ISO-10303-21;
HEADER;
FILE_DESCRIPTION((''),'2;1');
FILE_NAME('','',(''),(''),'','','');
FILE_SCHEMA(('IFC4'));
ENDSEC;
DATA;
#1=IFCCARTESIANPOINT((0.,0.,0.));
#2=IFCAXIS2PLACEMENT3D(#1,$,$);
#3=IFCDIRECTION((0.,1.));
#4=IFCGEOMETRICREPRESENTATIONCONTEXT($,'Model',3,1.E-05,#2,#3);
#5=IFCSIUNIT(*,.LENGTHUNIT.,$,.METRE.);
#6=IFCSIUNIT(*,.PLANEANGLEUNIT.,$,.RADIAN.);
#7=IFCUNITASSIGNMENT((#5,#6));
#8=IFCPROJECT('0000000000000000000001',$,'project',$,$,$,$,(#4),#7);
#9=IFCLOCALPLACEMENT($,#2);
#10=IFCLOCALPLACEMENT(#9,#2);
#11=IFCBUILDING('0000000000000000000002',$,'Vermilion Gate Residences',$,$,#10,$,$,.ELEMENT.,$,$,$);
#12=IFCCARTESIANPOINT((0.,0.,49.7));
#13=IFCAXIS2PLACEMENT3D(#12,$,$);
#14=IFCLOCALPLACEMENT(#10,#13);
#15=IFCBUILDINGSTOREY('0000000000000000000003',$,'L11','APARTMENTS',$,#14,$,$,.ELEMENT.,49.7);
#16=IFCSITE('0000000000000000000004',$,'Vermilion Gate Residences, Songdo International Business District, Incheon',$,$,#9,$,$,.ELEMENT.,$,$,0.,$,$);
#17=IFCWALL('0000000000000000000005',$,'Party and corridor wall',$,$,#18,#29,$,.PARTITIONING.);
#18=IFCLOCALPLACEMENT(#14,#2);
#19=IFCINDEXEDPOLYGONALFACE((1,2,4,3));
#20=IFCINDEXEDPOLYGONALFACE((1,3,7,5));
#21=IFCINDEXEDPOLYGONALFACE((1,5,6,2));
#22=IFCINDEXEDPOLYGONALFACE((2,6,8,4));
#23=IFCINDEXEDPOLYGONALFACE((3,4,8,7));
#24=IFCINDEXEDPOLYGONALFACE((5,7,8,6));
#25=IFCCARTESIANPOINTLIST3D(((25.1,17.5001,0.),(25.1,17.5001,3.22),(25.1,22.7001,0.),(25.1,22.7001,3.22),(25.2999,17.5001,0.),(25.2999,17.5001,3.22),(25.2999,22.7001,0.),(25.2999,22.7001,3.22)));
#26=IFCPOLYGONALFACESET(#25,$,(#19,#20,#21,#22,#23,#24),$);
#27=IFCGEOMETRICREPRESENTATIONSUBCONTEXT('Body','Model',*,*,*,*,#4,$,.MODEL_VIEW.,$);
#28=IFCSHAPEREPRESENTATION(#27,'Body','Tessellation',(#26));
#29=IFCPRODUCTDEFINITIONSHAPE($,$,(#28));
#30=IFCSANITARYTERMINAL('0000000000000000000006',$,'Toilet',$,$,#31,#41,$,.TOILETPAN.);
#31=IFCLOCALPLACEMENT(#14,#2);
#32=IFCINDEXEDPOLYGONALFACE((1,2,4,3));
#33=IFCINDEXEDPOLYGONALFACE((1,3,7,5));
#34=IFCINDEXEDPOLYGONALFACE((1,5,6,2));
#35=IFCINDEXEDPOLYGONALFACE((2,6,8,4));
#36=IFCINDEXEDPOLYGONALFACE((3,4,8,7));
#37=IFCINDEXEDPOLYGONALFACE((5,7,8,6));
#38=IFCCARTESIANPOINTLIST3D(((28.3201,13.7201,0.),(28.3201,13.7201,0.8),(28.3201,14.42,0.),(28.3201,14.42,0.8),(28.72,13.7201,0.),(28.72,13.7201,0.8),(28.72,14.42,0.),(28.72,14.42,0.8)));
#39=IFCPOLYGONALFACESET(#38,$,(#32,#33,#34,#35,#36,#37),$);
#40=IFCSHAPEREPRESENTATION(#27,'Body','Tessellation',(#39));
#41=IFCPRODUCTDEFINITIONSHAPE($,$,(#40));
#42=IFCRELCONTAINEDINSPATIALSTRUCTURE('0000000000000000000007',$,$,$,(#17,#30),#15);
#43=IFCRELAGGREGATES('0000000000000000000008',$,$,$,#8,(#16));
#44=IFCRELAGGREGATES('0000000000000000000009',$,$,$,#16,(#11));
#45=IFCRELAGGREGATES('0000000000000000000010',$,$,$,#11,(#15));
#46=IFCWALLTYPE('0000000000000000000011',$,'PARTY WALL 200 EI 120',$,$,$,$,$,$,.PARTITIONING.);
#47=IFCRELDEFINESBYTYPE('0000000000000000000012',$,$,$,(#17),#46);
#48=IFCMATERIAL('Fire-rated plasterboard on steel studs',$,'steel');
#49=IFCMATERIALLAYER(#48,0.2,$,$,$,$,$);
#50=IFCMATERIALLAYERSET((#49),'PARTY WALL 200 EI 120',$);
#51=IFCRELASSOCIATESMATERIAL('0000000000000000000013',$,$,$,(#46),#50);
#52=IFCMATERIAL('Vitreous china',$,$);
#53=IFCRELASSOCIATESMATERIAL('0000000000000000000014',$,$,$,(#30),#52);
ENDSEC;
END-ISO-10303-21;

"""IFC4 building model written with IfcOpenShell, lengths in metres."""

from ifc_helpers import new_model, si_unit, direction, frame, frame_2d, origin, origin_2d, place, context, subcontext, project, spatial, rectangle, extrude, material, layer, layer_set, type_object, element, save


model = new_model("IFC4")

# Units and contexts
model_context = context("Model", 3, precision=1e-05, world=origin(), true_north=direction((0.0, 1.0)))
body_context = subcontext(model_context, "Body", "Model", "MODEL_VIEW")
ifc_project = project(units=[si_unit("LENGTHUNIT", "METRE"), si_unit("PLANEANGLEUNIT", "RADIAN")], contexts=[model_context])

# Site, building, storey
site_placement = place(None, origin())
site = spatial("IfcSite", under=ifc_project, at=site_placement, Name="Vermilion Gate Residences, Songdo International Business District, Incheon", CompositionType="ELEMENT", RefElevation=0.0)
building_placement = place(site_placement, origin())
building = spatial("IfcBuilding", under=site, at=building_placement, Name="Vermilion Gate Residences", CompositionType="ELEMENT")
storey_placement = place(building_placement, frame((0.0, 0.0, 49.7)))
storey = spatial("IfcBuildingStorey", under=building, at=storey_placement, Name="L11", Description="APARTMENTS", CompositionType="ELEMENT", Elevation=49.7)

# Wall
ifc_material_1 = material(Name="Fire-rated plasterboard on steel studs", Category="steel")
ifc_layer_1 = layer(ifc_material_1, 0.2)
ifc_layer_set_1 = layer_set([ifc_layer_1], Name="PARTY WALL 200 EI 120")
wall_type_1 = type_object("IfcWallType", Name="PARTY WALL 200 EI 120", PredefinedType="PARTITIONING", material=ifc_layer_set_1)
wall_1_placement = place(storey_placement, frame((25.2, 17.5, 0.0), z_axis=(0.0, 0.0, 1.0), x_axis=(0.0, 1.0, 0.0)))
element("IfcWall", 1, at=wall_1_placement, inside=storey, type_object=wall_type_1, Name="Party and corridor wall", PredefinedType="PARTITIONING", context=body_context, shape_type="SweptSolid", body=[
    extrude(rectangle(XDim=5.2, YDim=0.2, at=frame_2d((2.6001, 0.0))), origin(), (0.0, 0.0, 1.0), 3.22),
])

# Sanitary terminal
ifc_material_2 = material(Name="Vitreous china")
sanitary_terminal_placement = place(storey_placement, frame((28.52, 14.0701, 0.0), z_axis=(0.0, 0.0, 1.0), x_axis=(1.0, 0.0, 0.0)))
element("IfcSanitaryTerminal", 2, at=sanitary_terminal_placement, inside=storey, material=ifc_material_2, Name="Toilet", PredefinedType="TOILETPAN", context=body_context, shape_type="SweptSolid", body=[
    extrude(rectangle(XDim=0.3999, YDim=0.7, at=origin_2d()), origin(), (0.0, 0.0, 1.0), 0.8),
])

save(model, "model.ifc")
